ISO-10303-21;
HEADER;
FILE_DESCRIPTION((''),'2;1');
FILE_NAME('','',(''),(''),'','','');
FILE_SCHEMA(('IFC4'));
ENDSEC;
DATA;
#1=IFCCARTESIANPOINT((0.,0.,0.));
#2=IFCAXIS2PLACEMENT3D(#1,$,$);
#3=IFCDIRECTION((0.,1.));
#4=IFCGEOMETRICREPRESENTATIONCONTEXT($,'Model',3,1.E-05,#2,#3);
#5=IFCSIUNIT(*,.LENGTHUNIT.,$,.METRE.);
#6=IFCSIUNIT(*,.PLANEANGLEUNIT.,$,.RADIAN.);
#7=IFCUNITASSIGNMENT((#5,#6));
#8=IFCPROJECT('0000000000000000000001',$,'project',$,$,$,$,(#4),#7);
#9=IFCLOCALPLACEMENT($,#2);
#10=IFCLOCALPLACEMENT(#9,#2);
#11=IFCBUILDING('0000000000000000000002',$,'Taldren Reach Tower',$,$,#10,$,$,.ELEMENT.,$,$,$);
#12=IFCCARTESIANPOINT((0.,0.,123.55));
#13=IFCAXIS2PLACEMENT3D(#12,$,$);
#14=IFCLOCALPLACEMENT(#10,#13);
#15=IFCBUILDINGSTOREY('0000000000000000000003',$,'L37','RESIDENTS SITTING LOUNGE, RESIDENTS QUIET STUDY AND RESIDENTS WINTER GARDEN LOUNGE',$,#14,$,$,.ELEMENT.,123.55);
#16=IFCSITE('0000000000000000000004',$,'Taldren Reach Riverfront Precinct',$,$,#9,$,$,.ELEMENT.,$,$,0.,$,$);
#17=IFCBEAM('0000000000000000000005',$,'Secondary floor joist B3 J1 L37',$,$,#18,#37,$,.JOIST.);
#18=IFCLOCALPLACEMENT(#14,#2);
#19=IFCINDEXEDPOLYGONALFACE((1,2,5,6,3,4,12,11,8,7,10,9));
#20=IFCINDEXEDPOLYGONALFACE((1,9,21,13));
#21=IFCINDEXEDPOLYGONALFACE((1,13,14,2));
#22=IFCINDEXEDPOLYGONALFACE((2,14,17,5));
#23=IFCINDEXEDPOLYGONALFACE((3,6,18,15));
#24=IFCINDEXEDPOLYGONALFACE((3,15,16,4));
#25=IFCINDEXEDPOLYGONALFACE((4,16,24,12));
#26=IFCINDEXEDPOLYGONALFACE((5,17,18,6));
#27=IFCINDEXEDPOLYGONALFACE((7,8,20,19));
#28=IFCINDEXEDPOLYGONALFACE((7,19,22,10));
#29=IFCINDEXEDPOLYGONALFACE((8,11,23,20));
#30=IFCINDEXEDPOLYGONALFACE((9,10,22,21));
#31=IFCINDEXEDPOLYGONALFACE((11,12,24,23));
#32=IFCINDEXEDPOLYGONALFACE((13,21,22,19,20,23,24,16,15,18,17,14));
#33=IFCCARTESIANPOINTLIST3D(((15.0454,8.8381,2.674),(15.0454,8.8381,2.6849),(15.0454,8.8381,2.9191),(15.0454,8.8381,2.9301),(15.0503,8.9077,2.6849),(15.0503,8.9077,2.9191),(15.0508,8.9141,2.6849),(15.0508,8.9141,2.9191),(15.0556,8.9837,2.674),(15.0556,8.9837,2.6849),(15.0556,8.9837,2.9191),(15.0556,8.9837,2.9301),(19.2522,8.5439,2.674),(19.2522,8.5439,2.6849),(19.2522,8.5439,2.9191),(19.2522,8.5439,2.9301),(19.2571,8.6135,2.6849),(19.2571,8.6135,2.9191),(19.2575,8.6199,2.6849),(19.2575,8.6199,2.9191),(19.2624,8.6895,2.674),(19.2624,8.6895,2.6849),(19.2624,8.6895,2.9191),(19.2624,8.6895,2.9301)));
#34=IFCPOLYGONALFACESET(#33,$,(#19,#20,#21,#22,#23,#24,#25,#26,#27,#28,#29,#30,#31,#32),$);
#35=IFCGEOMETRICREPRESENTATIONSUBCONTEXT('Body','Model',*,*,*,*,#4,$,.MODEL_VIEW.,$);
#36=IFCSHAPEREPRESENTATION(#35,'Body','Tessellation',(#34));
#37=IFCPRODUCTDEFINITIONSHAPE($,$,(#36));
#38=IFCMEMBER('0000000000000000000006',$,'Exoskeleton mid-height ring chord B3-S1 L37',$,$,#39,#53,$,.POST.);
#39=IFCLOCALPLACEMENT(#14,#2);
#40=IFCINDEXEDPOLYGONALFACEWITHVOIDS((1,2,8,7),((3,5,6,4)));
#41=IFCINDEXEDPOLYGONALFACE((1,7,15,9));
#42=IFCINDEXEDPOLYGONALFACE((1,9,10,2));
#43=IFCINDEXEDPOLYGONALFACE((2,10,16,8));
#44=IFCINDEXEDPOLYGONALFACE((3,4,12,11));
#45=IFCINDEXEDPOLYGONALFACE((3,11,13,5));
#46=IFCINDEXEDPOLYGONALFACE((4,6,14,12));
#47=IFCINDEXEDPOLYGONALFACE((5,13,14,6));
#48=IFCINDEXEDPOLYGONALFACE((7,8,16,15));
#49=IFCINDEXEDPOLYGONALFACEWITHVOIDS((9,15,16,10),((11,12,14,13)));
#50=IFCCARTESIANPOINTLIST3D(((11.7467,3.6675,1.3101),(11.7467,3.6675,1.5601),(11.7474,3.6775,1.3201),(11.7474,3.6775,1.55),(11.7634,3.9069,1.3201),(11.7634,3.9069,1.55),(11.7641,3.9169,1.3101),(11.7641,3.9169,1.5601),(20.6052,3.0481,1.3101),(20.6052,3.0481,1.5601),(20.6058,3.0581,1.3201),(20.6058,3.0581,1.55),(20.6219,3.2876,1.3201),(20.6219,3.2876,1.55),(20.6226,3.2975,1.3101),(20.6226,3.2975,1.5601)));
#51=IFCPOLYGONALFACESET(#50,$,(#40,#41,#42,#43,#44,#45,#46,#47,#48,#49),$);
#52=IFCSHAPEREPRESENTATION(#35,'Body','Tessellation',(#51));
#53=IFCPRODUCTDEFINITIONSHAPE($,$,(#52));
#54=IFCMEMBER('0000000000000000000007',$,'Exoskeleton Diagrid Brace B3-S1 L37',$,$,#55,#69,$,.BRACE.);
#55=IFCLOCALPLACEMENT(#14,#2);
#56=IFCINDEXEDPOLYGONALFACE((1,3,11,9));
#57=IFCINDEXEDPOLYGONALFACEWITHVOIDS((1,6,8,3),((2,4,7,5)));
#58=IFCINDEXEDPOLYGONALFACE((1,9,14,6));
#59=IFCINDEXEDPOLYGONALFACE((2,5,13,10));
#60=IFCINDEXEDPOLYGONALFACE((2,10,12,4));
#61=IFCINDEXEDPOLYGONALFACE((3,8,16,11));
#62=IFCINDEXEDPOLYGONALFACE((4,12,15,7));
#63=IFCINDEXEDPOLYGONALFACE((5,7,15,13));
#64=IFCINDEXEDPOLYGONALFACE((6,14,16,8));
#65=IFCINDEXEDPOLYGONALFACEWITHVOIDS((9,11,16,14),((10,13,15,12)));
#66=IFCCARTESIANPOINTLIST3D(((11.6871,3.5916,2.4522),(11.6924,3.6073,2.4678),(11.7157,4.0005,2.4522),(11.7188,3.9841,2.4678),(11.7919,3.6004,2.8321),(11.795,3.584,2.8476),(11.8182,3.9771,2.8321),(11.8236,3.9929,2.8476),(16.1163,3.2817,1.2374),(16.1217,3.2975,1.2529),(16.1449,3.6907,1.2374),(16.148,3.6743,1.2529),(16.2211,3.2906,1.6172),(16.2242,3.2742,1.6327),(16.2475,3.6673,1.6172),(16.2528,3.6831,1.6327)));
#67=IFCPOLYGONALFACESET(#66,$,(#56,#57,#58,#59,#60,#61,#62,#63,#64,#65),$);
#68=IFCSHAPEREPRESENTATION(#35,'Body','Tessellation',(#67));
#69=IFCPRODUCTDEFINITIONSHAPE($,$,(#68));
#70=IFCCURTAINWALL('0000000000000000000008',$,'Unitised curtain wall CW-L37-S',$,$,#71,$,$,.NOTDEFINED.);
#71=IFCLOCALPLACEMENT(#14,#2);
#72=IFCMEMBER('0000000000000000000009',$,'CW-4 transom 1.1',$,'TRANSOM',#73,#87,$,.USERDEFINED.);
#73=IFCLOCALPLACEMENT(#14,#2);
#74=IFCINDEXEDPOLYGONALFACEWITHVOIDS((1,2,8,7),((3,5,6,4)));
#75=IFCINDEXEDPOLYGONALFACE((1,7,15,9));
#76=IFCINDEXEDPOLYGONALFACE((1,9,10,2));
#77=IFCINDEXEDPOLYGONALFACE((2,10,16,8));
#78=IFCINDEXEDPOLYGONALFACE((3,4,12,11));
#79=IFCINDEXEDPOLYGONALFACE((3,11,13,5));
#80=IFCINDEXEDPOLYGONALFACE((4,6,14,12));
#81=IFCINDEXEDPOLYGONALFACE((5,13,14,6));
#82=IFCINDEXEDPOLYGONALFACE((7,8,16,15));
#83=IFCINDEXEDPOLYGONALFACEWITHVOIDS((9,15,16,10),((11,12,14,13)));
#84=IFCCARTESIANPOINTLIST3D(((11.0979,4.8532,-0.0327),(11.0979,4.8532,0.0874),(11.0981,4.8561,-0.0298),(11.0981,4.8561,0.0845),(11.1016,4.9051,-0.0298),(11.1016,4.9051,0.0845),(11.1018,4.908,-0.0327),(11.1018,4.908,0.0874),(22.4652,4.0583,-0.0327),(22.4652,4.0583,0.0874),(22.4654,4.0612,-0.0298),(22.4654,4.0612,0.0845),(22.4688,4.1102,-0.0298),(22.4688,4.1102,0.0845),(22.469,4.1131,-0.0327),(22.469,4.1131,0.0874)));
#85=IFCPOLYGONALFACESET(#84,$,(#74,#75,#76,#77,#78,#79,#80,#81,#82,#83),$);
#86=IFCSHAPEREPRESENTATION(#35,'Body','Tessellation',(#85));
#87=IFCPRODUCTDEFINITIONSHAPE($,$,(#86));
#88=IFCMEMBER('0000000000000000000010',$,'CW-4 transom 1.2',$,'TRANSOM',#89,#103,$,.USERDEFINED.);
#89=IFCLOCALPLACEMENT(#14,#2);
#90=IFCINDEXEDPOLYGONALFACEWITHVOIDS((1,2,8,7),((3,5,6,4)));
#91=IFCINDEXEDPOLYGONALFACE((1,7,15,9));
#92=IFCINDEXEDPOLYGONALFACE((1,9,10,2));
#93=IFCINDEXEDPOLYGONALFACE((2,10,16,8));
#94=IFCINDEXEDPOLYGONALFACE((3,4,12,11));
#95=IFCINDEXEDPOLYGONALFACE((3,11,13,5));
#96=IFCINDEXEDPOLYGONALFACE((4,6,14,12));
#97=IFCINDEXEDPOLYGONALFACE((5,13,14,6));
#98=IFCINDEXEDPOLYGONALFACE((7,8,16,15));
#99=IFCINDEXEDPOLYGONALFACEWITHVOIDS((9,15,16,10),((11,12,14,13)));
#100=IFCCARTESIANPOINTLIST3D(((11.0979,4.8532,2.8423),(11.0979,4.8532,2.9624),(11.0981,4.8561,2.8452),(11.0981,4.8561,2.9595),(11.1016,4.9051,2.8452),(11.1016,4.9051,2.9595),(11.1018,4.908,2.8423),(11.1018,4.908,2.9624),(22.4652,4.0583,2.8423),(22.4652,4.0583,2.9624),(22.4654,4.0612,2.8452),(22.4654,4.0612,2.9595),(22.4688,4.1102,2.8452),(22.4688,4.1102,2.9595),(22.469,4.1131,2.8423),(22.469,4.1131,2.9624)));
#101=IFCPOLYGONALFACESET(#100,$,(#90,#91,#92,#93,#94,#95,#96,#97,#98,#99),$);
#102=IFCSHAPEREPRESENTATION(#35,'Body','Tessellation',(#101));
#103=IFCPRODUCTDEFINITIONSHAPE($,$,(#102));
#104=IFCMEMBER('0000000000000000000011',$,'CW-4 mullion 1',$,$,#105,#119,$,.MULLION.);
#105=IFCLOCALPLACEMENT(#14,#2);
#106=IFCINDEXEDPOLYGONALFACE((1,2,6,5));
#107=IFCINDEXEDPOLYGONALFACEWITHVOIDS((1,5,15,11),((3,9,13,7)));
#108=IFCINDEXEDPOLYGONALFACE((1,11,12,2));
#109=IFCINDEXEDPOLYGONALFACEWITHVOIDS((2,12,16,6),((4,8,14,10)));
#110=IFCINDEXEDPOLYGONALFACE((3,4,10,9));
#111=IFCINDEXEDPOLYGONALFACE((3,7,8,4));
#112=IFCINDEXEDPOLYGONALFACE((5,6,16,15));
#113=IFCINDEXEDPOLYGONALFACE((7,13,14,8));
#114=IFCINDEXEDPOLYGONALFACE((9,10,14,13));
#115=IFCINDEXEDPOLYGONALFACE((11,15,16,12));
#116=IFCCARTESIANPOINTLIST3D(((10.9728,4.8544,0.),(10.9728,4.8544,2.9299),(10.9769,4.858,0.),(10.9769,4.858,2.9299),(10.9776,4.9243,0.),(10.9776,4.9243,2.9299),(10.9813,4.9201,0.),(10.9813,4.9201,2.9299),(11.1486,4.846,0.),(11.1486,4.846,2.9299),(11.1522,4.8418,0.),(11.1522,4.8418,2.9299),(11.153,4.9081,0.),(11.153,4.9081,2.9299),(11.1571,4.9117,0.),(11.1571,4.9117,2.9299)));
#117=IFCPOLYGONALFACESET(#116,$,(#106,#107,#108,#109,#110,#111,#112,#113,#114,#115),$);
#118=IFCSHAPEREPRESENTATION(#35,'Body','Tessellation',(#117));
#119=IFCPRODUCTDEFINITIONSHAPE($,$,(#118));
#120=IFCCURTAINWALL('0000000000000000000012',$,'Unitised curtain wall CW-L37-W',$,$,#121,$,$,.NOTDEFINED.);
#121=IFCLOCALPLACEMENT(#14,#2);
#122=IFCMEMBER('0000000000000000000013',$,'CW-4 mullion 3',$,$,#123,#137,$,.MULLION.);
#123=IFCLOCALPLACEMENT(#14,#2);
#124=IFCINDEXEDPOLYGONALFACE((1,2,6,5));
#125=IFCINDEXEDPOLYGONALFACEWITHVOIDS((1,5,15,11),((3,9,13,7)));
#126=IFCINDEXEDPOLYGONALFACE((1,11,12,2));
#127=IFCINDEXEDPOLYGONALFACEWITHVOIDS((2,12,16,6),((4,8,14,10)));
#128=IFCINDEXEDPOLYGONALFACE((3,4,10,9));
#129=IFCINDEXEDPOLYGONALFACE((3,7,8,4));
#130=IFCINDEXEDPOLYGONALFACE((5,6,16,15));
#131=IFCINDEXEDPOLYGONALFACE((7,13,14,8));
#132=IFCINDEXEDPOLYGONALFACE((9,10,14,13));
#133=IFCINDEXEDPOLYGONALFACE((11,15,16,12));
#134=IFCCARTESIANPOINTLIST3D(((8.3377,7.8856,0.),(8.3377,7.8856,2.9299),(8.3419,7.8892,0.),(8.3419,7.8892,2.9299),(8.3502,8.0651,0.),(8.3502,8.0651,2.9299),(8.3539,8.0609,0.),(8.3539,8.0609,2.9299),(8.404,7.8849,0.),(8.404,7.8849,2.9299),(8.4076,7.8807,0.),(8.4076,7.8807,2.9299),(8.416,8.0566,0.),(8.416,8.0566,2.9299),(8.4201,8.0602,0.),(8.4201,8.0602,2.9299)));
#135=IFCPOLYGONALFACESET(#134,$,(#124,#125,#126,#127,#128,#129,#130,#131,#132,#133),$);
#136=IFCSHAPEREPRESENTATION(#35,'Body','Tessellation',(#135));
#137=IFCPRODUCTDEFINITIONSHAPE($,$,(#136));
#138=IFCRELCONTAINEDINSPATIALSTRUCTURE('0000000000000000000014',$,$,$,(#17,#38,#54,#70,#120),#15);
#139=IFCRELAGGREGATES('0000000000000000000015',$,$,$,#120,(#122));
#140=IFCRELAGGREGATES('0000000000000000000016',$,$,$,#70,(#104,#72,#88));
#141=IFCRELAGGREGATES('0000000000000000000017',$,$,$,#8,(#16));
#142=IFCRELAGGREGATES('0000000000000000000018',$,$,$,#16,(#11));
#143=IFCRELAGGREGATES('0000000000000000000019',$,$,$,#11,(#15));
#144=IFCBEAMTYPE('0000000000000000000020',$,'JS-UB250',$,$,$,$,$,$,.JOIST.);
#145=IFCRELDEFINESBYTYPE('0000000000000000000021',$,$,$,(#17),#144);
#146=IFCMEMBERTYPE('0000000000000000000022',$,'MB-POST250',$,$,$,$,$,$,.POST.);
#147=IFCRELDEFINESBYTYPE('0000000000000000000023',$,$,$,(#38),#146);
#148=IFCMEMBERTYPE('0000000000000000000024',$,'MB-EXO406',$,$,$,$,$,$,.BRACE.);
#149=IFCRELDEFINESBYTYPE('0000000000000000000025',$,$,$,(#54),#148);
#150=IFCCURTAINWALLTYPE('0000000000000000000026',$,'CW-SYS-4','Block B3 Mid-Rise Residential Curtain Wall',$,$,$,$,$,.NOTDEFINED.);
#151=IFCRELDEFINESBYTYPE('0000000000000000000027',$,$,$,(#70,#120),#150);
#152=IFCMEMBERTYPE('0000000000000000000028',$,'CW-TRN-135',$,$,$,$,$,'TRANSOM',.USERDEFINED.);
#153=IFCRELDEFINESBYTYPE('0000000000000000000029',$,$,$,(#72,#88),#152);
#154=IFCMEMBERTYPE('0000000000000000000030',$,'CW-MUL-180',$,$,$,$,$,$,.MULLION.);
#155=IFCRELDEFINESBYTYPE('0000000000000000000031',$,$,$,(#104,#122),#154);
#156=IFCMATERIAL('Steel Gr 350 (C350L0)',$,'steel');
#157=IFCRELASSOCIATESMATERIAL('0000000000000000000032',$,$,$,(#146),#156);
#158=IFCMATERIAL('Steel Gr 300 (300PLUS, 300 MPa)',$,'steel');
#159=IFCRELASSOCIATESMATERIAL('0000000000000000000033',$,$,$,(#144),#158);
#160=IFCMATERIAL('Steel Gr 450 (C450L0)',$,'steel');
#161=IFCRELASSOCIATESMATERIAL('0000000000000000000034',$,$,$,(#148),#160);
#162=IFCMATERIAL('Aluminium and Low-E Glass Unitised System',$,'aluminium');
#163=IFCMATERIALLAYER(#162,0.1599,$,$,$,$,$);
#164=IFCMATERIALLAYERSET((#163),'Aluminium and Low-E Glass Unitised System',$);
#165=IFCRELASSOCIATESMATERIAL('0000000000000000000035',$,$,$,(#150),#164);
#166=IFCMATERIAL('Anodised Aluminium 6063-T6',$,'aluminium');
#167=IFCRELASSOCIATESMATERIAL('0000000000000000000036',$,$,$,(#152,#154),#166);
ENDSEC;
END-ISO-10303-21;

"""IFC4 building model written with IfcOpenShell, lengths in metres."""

from ifc_helpers import new_model, si_unit, direction, frame, origin, origin_2d, place, context, subcontext, project, spatial, hollow_rectangle, i_section, extrude, source, transform, mapped, material, layer, layer_set, material_profile, profile_set, type_object, element, aggregate, save


model = new_model("IFC4")

# Units and contexts
model_context = context("Model", 3, precision=1e-05, world=origin(), true_north=direction((0.0, 1.0)))
body_context = subcontext(model_context, "Body", "Model", "MODEL_VIEW")
ifc_project = project(units=[si_unit("LENGTHUNIT", "METRE"), si_unit("PLANEANGLEUNIT", "RADIAN")], contexts=[model_context])

# Site, building, storey
site_placement = place(None, origin())
site = spatial("IfcSite", under=ifc_project, at=site_placement, Name="Taldren Reach Riverfront Precinct", CompositionType="ELEMENT", RefElevation=0.0)
building_placement = place(site_placement, origin())
building = spatial("IfcBuilding", under=site, at=building_placement, Name="Taldren Reach Tower", CompositionType="ELEMENT")
storey_placement = place(building_placement, frame((0.0, 0.0, 123.55)))
storey = spatial("IfcBuildingStorey", under=building, at=storey_placement, Name="L37", Description="RESIDENTS SITTING LOUNGE, RESIDENTS QUIET STUDY AND RESIDENTS WINTER GARDEN LOUNGE", CompositionType="ELEMENT", Elevation=123.55)

# Shared definitions
ifc_material_1 = material(Name="Steel Gr 450 (C450L0)", Category="steel")

# Shared definitions
ifc_material_2 = material(Name="Steel Gr 350 (C350L0)", Category="steel")
ifc_material_profile_1 = material_profile(ifc_material_2, hollow_rectangle(XDim=0.25, YDim=0.25, WallThickness=0.01, at=origin_2d()), Name="250x250x10.0SHS")
ifc_profile_set_1 = profile_set([ifc_material_profile_1], Name="Steel Gr 350 (C350L0)")
member_type_1 = type_object("IfcMemberType", Name="MB-POST250", PredefinedType="POST", material=ifc_profile_set_1)

# Beam
ifc_material_3 = material(Name="Steel Gr 300 (300PLUS, 300 MPa)", Category="steel")
ifc_material_profile_2 = material_profile(ifc_material_3, i_section(OverallWidth=0.146, OverallDepth=0.2561, WebThickness=0.0063, FlangeThickness=0.011, at=origin_2d()), Name="250UB37.3")
ifc_profile_set_2 = profile_set([ifc_material_profile_2], Name="Steel Gr 300 (300PLUS, 300 MPa)")
beam_type_1 = type_object("IfcBeamType", Name="JS-UB250", PredefinedType="JOIST", material=ifc_profile_set_2)
shared_shape_1 = source(origin(), body_context, "Body", "SweptSolid", [
    extrude(i_section(OverallWidth=0.146, OverallDepth=0.2561, WebThickness=0.0063, FlangeThickness=0.011, at=origin_2d()), origin(), (0.0, 0.0, 1.0), 4.217),
])
beam_1_placement = place(storey_placement, frame((15.0505, 8.9109, 2.802), z_axis=(0.997564, -0.069762, 0.0), x_axis=(0.069762, 0.997564, 0.0)))
element("IfcBeam", 1, at=beam_1_placement, inside=storey, type_object=beam_type_1, Name="Secondary floor joist B3 J1 L37", PredefinedType="JOIST", context=body_context, shape_type="MappedRepresentation", body=[
    mapped(shared_shape_1, transform((0.0, 0.0, 0.0), scale=1.0)),
])

# Members
shared_shape_2 = source(origin(), body_context, "Body", "SweptSolid", [
    extrude(hollow_rectangle(XDim=0.25, YDim=0.25, WallThickness=0.01, at=origin_2d()), origin(), (0.0, 0.0, 1.0), 8.8801),
])
member_1_placement = place(storey_placement, frame((11.7554, 3.7922, 1.4351), z_axis=(0.997564, -0.06975, 0.0), x_axis=(0.06975, 0.997564, 0.0)))
element("IfcMember", 2, at=member_1_placement, inside=storey, type_object=member_type_1, Name="Exoskeleton mid-height ring chord B3-S1 L37", PredefinedType="POST", context=body_context, shape_type="MappedRepresentation", body=[
    mapped(shared_shape_2, transform((0.0, 0.0, 0.0), scale=1.0)),
])
ifc_material_profile_3 = material_profile(ifc_material_1, hollow_rectangle(XDim=0.4099, YDim=0.4099, WallThickness=0.0161, at=origin_2d()), Name="410x410x16.0SHS")
ifc_profile_set_3 = profile_set([ifc_material_profile_3], Name="Steel Gr 450 (C450L0)")
member_type_2 = type_object("IfcMemberType", Name="MB-EXO406", PredefinedType="BRACE", material=ifc_profile_set_3)
shared_shape_3 = source(origin(), body_context, "Body", "SweptSolid", [
    extrude(hollow_rectangle(XDim=0.4099, YDim=0.4099, WallThickness=0.0161, at=origin_2d()), origin(), (0.0, 0.0, 1.0), 4.6033),
])
member_2_placement = place(storey_placement, frame((16.1846, 3.4824, 1.4351), z_axis=(-0.962196, 0.067304, 0.263912), x_axis=(-0.069778, -0.997563, 0.0)))
element("IfcMember", 3, at=member_2_placement, inside=storey, type_object=member_type_2, Name="Exoskeleton Diagrid Brace B3-S1 L37", PredefinedType="BRACE", context=body_context, shape_type="MappedRepresentation", body=[
    mapped(shared_shape_3, transform((0.0, 0.0, 0.0), scale=1.0)),
])

# Curtain wall, members
ifc_material_4 = material(Name="Aluminium and Low-E Glass Unitised System", Category="aluminium")
ifc_layer_1 = layer(ifc_material_4, 0.1599)
ifc_layer_set_1 = layer_set([ifc_layer_1], Name="Aluminium and Low-E Glass Unitised System")
curtain_wall_type = type_object("IfcCurtainWallType", Name="CW-SYS-4", Description="Block B3 Mid-Rise Residential Curtain Wall", PredefinedType="NOTDEFINED", material=ifc_layer_set_1)
curtain_wall_1_placement = place(storey_placement, origin())
curtain_wall_1 = element("IfcCurtainWall", 4, at=curtain_wall_1_placement, inside=storey, type_object=curtain_wall_type, Name="Unitised curtain wall CW-L37-S", PredefinedType="NOTDEFINED")
ifc_material_5 = material(Name="Anodised Aluminium 6063-T6", Category="aluminium")
ifc_material_profile_4 = material_profile(ifc_material_5, hollow_rectangle(XDim=0.0549, YDim=0.1201, WallThickness=0.0029, at=origin_2d()), Name="ALU-120x55x3RHS")
ifc_profile_set_4 = profile_set([ifc_material_profile_4], Name="Anodised Aluminium 6063-T6")
member_type_3 = type_object("IfcMemberType", Name="CW-TRN-135", ElementType="TRANSOM", PredefinedType="USERDEFINED", material=ifc_profile_set_4)
shared_shape_4 = source(origin(), body_context, "Body", "SweptSolid", [
    extrude(hollow_rectangle(XDim=0.0549, YDim=0.1201, WallThickness=0.0029, at=origin_2d()), origin(), (0.0, 0.0, 1.0), 11.395),
])
member_3_placement = place(storey_placement, frame((11.0999, 4.8806, 0.0273), z_axis=(0.997564, -0.069761, 0.0), x_axis=(0.069761, 0.997564, 0.0)))
member_3 = element("IfcMember", 5, at=member_3_placement, type_object=member_type_3, Name="CW-4 transom 1.1", ObjectType="TRANSOM", PredefinedType="USERDEFINED", context=body_context, shape_type="MappedRepresentation", body=[
    mapped(shared_shape_4, transform((0.0, 0.0, 0.0), scale=1.0)),
])
member_4_placement = place(storey_placement, frame((11.0999, 4.8806, 2.9023), z_axis=(0.997564, -0.069761, 0.0), x_axis=(0.069761, 0.997564, 0.0)))
member_4 = element("IfcMember", 6, at=member_4_placement, type_object=member_type_3, Name="CW-4 transom 1.2", ObjectType="TRANSOM", PredefinedType="USERDEFINED", context=body_context, shape_type="MappedRepresentation", body=[
    mapped(shared_shape_4, transform((0.0, 0.0, 0.0), scale=1.0)),
])
ifc_material_profile_5 = material_profile(ifc_material_5, hollow_rectangle(XDim=0.0701, YDim=0.1799, WallThickness=0.0039, at=origin_2d()), Name="ALU-180x70x4RHS")
ifc_profile_set_5 = profile_set([ifc_material_profile_5], Name="Anodised Aluminium 6063-T6")
member_type_4 = type_object("IfcMemberType", Name="CW-MUL-180", PredefinedType="MULLION", material=ifc_profile_set_5)
shared_shape_5 = source(origin(), body_context, "Body", "SweptSolid", [
    extrude(hollow_rectangle(XDim=0.0701, YDim=0.1799, WallThickness=0.0039, at=origin_2d()), origin(), (0.0, 0.0, 1.0), 2.9299),
])
member_5_placement = place(storey_placement, frame((11.0649, 4.8831, 0.0), z_axis=(0.0, 0.0, 1.0), x_axis=(0.069757, 0.997564, 0.0)))
member_5 = element("IfcMember", 7, at=member_5_placement, type_object=member_type_4, Name="CW-4 mullion 1", PredefinedType="MULLION", context=body_context, shape_type="MappedRepresentation", body=[
    mapped(shared_shape_5, transform((0.0, 0.0, 0.0), scale=1.0)),
])

# Curtain wall, member
curtain_wall_2_placement = place(storey_placement, origin())
curtain_wall_2 = element("IfcCurtainWall", 8, at=curtain_wall_2_placement, inside=storey, type_object=curtain_wall_type, Name="Unitised curtain wall CW-L37-W", PredefinedType="NOTDEFINED")
member_6_placement = place(storey_placement, frame((8.3789, 7.9729, 0.0), z_axis=(0.0, 0.0, 1.0), x_axis=(0.997564, -0.069756, 0.0)))
member_6 = element("IfcMember", 9, at=member_6_placement, type_object=member_type_4, Name="CW-4 mullion 3", PredefinedType="MULLION", context=body_context, shape_type="MappedRepresentation", body=[
    mapped(shared_shape_5, transform((0.0, 0.0, 0.0), scale=1.0)),
])
aggregate(curtain_wall_2, [member_6])

aggregate(curtain_wall_1, [member_5, member_3, member_4])

save(model, "model.ifc")
